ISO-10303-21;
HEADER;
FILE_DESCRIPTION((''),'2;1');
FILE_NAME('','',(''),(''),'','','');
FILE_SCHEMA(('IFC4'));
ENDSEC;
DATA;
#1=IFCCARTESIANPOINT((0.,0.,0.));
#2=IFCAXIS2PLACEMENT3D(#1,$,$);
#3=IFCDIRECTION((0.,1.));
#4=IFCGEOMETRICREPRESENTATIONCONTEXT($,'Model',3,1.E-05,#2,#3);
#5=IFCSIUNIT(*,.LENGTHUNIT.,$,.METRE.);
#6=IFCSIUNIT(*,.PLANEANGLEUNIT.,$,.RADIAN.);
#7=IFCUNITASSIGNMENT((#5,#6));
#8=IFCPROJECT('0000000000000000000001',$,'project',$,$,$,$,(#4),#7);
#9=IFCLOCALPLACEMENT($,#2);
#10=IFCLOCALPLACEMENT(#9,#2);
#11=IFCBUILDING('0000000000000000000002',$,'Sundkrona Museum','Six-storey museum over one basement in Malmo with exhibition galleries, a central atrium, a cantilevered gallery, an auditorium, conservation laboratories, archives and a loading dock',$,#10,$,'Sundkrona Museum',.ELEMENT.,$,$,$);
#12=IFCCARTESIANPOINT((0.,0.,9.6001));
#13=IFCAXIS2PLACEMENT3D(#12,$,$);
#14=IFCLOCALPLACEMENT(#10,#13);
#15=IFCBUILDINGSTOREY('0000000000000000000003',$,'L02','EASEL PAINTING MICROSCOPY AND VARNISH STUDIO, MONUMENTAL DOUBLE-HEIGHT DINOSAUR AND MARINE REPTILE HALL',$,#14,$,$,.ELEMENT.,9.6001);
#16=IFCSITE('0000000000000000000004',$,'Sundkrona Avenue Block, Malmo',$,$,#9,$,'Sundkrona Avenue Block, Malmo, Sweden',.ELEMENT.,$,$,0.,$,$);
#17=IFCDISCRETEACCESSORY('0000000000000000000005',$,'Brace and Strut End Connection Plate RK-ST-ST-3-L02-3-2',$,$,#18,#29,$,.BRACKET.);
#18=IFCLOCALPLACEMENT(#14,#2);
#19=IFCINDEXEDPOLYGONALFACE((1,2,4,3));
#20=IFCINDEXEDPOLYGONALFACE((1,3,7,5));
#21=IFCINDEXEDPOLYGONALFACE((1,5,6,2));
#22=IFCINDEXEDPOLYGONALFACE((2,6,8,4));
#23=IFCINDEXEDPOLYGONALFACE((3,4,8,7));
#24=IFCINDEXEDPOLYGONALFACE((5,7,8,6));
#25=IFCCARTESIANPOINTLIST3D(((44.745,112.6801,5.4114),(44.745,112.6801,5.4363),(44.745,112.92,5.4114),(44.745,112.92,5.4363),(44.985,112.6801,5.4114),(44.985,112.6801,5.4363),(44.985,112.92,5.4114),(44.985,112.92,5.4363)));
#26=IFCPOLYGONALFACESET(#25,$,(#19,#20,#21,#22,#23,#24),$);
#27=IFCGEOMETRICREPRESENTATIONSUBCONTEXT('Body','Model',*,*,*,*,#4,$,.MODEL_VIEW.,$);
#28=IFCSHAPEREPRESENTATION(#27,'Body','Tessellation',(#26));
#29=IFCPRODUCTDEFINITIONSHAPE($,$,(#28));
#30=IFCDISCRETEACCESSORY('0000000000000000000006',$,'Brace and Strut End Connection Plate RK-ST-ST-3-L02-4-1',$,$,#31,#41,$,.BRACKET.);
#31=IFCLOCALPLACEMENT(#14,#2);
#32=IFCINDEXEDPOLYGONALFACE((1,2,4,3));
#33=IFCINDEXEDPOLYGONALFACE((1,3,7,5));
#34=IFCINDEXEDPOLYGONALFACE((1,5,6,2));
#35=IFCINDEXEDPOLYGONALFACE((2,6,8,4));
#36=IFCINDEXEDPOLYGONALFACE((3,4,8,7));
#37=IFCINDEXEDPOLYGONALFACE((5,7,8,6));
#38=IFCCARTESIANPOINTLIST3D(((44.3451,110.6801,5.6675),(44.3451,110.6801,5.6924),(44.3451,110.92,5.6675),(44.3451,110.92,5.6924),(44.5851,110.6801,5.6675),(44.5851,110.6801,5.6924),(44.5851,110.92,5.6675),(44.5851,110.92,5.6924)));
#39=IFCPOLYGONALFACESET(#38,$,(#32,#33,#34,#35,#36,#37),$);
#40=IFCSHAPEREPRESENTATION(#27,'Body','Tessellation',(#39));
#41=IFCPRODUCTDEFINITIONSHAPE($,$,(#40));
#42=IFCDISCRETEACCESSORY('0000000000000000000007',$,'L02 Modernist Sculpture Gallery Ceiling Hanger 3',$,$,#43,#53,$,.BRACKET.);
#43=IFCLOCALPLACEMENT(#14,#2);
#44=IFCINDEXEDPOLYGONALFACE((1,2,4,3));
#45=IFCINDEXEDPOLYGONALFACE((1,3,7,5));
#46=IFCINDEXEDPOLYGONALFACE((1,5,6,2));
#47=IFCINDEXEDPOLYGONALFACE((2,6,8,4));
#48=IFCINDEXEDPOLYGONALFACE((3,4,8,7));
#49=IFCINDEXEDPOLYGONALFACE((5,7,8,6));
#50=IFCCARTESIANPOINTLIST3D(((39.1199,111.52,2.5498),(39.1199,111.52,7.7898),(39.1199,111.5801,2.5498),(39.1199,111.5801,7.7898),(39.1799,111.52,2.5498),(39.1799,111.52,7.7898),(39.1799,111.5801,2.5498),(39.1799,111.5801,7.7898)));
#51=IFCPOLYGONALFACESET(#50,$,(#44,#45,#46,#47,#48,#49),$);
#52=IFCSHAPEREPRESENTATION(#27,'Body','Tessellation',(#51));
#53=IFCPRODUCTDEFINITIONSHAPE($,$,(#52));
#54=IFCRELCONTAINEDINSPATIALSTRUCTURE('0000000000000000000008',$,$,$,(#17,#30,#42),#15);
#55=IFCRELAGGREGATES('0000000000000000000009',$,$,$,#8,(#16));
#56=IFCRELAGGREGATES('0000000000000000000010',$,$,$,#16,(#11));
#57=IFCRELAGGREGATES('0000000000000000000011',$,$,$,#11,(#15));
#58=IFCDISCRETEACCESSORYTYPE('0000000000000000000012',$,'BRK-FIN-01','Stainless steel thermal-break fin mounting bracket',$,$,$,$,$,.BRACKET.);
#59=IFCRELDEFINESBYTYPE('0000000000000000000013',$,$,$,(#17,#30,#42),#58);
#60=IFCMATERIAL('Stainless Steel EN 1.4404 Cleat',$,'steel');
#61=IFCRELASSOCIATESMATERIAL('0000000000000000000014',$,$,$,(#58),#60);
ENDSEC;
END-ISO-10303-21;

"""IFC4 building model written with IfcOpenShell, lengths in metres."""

from ifc_helpers import new_model, si_unit, direction, frame, origin, origin_2d, place, context, subcontext, project, spatial, rectangle, extrude, material, type_object, element, save


model = new_model("IFC4")

# Units and contexts
model_context = context("Model", 3, precision=1e-05, world=origin(), true_north=direction((0.0, 1.0)))
body_context = subcontext(model_context, "Body", "Model", "MODEL_VIEW")
ifc_project = project(units=[si_unit("LENGTHUNIT", "METRE"), si_unit("PLANEANGLEUNIT", "RADIAN")], contexts=[model_context])

# Site, building, storey
site_placement = place(None, origin())
site = spatial("IfcSite", under=ifc_project, at=site_placement, Name="Sundkrona Avenue Block, Malmo", LongName="Sundkrona Avenue Block, Malmo, Sweden", CompositionType="ELEMENT", RefElevation=0.0)
building_placement = place(site_placement, origin())
building = spatial("IfcBuilding", under=site, at=building_placement, Name="Sundkrona Museum", Description="Six-storey museum over one basement in Malmo with exhibition galleries, a central atrium, a cantilevered gallery, an auditorium, conservation laboratories, archives and a loading dock", LongName="Sundkrona Museum", CompositionType="ELEMENT")
storey_placement = place(building_placement, frame((0.0, 0.0, 9.6001)))
storey = spatial("IfcBuildingStorey", under=building, at=storey_placement, Name="L02", Description="EASEL PAINTING MICROSCOPY AND VARNISH STUDIO, MONUMENTAL DOUBLE-HEIGHT DINOSAUR AND MARINE REPTILE HALL", CompositionType="ELEMENT", Elevation=9.6001)

# Discrete accessories
ifc_material_1 = material(Name="Stainless Steel EN 1.4404 Cleat", Category="steel")
discrete_accessory_type = type_object("IfcDiscreteAccessoryType", Name="BRK-FIN-01", Description="Stainless steel thermal-break fin mounting bracket", PredefinedType="BRACKET", material=ifc_material_1)
for number, where, z_axis, x_axis, name in (
    (1, (44.865, 112.8, 5.4114), (0.0, 0.0, 1.0), (1.0, 0.0, 0.0), "Brace and Strut End Connection Plate RK-ST-ST-3-L02-3-2"),
    (2, (44.4651, 110.8, 5.6675), (0.0, 0.0, 1.0), (1.0, 0.0, 0.0), "Brace and Strut End Connection Plate RK-ST-ST-3-L02-4-1"),
):
    element("IfcDiscreteAccessory", number, at=place(storey_placement, frame(where, z_axis=z_axis, x_axis=x_axis)), inside=storey, type_object=discrete_accessory_type, Name=name, PredefinedType="BRACKET", context=body_context, shape_type="SweptSolid", body=[
        extrude(rectangle(XDim=0.24, YDim=0.24, at=origin_2d()), origin(), (0.0, 0.0, 1.0), 0.0249),
    ])
discrete_accessory_placement = place(storey_placement, frame((39.1499, 111.55, 2.5498), z_axis=(0.0, 0.0, 1.0), x_axis=(1.0, 0.0, 0.0)))
element("IfcDiscreteAccessory", 3, at=discrete_accessory_placement, inside=storey, type_object=discrete_accessory_type, Name="L02 Modernist Sculpture Gallery Ceiling Hanger 3", PredefinedType="BRACKET", context=body_context, shape_type="SweptSolid", body=[
    extrude(rectangle(XDim=0.0601, YDim=0.0601, at=origin_2d()), origin(), (0.0, 0.0, 1.0), 5.24),
])

save(model, "model.ifc")
